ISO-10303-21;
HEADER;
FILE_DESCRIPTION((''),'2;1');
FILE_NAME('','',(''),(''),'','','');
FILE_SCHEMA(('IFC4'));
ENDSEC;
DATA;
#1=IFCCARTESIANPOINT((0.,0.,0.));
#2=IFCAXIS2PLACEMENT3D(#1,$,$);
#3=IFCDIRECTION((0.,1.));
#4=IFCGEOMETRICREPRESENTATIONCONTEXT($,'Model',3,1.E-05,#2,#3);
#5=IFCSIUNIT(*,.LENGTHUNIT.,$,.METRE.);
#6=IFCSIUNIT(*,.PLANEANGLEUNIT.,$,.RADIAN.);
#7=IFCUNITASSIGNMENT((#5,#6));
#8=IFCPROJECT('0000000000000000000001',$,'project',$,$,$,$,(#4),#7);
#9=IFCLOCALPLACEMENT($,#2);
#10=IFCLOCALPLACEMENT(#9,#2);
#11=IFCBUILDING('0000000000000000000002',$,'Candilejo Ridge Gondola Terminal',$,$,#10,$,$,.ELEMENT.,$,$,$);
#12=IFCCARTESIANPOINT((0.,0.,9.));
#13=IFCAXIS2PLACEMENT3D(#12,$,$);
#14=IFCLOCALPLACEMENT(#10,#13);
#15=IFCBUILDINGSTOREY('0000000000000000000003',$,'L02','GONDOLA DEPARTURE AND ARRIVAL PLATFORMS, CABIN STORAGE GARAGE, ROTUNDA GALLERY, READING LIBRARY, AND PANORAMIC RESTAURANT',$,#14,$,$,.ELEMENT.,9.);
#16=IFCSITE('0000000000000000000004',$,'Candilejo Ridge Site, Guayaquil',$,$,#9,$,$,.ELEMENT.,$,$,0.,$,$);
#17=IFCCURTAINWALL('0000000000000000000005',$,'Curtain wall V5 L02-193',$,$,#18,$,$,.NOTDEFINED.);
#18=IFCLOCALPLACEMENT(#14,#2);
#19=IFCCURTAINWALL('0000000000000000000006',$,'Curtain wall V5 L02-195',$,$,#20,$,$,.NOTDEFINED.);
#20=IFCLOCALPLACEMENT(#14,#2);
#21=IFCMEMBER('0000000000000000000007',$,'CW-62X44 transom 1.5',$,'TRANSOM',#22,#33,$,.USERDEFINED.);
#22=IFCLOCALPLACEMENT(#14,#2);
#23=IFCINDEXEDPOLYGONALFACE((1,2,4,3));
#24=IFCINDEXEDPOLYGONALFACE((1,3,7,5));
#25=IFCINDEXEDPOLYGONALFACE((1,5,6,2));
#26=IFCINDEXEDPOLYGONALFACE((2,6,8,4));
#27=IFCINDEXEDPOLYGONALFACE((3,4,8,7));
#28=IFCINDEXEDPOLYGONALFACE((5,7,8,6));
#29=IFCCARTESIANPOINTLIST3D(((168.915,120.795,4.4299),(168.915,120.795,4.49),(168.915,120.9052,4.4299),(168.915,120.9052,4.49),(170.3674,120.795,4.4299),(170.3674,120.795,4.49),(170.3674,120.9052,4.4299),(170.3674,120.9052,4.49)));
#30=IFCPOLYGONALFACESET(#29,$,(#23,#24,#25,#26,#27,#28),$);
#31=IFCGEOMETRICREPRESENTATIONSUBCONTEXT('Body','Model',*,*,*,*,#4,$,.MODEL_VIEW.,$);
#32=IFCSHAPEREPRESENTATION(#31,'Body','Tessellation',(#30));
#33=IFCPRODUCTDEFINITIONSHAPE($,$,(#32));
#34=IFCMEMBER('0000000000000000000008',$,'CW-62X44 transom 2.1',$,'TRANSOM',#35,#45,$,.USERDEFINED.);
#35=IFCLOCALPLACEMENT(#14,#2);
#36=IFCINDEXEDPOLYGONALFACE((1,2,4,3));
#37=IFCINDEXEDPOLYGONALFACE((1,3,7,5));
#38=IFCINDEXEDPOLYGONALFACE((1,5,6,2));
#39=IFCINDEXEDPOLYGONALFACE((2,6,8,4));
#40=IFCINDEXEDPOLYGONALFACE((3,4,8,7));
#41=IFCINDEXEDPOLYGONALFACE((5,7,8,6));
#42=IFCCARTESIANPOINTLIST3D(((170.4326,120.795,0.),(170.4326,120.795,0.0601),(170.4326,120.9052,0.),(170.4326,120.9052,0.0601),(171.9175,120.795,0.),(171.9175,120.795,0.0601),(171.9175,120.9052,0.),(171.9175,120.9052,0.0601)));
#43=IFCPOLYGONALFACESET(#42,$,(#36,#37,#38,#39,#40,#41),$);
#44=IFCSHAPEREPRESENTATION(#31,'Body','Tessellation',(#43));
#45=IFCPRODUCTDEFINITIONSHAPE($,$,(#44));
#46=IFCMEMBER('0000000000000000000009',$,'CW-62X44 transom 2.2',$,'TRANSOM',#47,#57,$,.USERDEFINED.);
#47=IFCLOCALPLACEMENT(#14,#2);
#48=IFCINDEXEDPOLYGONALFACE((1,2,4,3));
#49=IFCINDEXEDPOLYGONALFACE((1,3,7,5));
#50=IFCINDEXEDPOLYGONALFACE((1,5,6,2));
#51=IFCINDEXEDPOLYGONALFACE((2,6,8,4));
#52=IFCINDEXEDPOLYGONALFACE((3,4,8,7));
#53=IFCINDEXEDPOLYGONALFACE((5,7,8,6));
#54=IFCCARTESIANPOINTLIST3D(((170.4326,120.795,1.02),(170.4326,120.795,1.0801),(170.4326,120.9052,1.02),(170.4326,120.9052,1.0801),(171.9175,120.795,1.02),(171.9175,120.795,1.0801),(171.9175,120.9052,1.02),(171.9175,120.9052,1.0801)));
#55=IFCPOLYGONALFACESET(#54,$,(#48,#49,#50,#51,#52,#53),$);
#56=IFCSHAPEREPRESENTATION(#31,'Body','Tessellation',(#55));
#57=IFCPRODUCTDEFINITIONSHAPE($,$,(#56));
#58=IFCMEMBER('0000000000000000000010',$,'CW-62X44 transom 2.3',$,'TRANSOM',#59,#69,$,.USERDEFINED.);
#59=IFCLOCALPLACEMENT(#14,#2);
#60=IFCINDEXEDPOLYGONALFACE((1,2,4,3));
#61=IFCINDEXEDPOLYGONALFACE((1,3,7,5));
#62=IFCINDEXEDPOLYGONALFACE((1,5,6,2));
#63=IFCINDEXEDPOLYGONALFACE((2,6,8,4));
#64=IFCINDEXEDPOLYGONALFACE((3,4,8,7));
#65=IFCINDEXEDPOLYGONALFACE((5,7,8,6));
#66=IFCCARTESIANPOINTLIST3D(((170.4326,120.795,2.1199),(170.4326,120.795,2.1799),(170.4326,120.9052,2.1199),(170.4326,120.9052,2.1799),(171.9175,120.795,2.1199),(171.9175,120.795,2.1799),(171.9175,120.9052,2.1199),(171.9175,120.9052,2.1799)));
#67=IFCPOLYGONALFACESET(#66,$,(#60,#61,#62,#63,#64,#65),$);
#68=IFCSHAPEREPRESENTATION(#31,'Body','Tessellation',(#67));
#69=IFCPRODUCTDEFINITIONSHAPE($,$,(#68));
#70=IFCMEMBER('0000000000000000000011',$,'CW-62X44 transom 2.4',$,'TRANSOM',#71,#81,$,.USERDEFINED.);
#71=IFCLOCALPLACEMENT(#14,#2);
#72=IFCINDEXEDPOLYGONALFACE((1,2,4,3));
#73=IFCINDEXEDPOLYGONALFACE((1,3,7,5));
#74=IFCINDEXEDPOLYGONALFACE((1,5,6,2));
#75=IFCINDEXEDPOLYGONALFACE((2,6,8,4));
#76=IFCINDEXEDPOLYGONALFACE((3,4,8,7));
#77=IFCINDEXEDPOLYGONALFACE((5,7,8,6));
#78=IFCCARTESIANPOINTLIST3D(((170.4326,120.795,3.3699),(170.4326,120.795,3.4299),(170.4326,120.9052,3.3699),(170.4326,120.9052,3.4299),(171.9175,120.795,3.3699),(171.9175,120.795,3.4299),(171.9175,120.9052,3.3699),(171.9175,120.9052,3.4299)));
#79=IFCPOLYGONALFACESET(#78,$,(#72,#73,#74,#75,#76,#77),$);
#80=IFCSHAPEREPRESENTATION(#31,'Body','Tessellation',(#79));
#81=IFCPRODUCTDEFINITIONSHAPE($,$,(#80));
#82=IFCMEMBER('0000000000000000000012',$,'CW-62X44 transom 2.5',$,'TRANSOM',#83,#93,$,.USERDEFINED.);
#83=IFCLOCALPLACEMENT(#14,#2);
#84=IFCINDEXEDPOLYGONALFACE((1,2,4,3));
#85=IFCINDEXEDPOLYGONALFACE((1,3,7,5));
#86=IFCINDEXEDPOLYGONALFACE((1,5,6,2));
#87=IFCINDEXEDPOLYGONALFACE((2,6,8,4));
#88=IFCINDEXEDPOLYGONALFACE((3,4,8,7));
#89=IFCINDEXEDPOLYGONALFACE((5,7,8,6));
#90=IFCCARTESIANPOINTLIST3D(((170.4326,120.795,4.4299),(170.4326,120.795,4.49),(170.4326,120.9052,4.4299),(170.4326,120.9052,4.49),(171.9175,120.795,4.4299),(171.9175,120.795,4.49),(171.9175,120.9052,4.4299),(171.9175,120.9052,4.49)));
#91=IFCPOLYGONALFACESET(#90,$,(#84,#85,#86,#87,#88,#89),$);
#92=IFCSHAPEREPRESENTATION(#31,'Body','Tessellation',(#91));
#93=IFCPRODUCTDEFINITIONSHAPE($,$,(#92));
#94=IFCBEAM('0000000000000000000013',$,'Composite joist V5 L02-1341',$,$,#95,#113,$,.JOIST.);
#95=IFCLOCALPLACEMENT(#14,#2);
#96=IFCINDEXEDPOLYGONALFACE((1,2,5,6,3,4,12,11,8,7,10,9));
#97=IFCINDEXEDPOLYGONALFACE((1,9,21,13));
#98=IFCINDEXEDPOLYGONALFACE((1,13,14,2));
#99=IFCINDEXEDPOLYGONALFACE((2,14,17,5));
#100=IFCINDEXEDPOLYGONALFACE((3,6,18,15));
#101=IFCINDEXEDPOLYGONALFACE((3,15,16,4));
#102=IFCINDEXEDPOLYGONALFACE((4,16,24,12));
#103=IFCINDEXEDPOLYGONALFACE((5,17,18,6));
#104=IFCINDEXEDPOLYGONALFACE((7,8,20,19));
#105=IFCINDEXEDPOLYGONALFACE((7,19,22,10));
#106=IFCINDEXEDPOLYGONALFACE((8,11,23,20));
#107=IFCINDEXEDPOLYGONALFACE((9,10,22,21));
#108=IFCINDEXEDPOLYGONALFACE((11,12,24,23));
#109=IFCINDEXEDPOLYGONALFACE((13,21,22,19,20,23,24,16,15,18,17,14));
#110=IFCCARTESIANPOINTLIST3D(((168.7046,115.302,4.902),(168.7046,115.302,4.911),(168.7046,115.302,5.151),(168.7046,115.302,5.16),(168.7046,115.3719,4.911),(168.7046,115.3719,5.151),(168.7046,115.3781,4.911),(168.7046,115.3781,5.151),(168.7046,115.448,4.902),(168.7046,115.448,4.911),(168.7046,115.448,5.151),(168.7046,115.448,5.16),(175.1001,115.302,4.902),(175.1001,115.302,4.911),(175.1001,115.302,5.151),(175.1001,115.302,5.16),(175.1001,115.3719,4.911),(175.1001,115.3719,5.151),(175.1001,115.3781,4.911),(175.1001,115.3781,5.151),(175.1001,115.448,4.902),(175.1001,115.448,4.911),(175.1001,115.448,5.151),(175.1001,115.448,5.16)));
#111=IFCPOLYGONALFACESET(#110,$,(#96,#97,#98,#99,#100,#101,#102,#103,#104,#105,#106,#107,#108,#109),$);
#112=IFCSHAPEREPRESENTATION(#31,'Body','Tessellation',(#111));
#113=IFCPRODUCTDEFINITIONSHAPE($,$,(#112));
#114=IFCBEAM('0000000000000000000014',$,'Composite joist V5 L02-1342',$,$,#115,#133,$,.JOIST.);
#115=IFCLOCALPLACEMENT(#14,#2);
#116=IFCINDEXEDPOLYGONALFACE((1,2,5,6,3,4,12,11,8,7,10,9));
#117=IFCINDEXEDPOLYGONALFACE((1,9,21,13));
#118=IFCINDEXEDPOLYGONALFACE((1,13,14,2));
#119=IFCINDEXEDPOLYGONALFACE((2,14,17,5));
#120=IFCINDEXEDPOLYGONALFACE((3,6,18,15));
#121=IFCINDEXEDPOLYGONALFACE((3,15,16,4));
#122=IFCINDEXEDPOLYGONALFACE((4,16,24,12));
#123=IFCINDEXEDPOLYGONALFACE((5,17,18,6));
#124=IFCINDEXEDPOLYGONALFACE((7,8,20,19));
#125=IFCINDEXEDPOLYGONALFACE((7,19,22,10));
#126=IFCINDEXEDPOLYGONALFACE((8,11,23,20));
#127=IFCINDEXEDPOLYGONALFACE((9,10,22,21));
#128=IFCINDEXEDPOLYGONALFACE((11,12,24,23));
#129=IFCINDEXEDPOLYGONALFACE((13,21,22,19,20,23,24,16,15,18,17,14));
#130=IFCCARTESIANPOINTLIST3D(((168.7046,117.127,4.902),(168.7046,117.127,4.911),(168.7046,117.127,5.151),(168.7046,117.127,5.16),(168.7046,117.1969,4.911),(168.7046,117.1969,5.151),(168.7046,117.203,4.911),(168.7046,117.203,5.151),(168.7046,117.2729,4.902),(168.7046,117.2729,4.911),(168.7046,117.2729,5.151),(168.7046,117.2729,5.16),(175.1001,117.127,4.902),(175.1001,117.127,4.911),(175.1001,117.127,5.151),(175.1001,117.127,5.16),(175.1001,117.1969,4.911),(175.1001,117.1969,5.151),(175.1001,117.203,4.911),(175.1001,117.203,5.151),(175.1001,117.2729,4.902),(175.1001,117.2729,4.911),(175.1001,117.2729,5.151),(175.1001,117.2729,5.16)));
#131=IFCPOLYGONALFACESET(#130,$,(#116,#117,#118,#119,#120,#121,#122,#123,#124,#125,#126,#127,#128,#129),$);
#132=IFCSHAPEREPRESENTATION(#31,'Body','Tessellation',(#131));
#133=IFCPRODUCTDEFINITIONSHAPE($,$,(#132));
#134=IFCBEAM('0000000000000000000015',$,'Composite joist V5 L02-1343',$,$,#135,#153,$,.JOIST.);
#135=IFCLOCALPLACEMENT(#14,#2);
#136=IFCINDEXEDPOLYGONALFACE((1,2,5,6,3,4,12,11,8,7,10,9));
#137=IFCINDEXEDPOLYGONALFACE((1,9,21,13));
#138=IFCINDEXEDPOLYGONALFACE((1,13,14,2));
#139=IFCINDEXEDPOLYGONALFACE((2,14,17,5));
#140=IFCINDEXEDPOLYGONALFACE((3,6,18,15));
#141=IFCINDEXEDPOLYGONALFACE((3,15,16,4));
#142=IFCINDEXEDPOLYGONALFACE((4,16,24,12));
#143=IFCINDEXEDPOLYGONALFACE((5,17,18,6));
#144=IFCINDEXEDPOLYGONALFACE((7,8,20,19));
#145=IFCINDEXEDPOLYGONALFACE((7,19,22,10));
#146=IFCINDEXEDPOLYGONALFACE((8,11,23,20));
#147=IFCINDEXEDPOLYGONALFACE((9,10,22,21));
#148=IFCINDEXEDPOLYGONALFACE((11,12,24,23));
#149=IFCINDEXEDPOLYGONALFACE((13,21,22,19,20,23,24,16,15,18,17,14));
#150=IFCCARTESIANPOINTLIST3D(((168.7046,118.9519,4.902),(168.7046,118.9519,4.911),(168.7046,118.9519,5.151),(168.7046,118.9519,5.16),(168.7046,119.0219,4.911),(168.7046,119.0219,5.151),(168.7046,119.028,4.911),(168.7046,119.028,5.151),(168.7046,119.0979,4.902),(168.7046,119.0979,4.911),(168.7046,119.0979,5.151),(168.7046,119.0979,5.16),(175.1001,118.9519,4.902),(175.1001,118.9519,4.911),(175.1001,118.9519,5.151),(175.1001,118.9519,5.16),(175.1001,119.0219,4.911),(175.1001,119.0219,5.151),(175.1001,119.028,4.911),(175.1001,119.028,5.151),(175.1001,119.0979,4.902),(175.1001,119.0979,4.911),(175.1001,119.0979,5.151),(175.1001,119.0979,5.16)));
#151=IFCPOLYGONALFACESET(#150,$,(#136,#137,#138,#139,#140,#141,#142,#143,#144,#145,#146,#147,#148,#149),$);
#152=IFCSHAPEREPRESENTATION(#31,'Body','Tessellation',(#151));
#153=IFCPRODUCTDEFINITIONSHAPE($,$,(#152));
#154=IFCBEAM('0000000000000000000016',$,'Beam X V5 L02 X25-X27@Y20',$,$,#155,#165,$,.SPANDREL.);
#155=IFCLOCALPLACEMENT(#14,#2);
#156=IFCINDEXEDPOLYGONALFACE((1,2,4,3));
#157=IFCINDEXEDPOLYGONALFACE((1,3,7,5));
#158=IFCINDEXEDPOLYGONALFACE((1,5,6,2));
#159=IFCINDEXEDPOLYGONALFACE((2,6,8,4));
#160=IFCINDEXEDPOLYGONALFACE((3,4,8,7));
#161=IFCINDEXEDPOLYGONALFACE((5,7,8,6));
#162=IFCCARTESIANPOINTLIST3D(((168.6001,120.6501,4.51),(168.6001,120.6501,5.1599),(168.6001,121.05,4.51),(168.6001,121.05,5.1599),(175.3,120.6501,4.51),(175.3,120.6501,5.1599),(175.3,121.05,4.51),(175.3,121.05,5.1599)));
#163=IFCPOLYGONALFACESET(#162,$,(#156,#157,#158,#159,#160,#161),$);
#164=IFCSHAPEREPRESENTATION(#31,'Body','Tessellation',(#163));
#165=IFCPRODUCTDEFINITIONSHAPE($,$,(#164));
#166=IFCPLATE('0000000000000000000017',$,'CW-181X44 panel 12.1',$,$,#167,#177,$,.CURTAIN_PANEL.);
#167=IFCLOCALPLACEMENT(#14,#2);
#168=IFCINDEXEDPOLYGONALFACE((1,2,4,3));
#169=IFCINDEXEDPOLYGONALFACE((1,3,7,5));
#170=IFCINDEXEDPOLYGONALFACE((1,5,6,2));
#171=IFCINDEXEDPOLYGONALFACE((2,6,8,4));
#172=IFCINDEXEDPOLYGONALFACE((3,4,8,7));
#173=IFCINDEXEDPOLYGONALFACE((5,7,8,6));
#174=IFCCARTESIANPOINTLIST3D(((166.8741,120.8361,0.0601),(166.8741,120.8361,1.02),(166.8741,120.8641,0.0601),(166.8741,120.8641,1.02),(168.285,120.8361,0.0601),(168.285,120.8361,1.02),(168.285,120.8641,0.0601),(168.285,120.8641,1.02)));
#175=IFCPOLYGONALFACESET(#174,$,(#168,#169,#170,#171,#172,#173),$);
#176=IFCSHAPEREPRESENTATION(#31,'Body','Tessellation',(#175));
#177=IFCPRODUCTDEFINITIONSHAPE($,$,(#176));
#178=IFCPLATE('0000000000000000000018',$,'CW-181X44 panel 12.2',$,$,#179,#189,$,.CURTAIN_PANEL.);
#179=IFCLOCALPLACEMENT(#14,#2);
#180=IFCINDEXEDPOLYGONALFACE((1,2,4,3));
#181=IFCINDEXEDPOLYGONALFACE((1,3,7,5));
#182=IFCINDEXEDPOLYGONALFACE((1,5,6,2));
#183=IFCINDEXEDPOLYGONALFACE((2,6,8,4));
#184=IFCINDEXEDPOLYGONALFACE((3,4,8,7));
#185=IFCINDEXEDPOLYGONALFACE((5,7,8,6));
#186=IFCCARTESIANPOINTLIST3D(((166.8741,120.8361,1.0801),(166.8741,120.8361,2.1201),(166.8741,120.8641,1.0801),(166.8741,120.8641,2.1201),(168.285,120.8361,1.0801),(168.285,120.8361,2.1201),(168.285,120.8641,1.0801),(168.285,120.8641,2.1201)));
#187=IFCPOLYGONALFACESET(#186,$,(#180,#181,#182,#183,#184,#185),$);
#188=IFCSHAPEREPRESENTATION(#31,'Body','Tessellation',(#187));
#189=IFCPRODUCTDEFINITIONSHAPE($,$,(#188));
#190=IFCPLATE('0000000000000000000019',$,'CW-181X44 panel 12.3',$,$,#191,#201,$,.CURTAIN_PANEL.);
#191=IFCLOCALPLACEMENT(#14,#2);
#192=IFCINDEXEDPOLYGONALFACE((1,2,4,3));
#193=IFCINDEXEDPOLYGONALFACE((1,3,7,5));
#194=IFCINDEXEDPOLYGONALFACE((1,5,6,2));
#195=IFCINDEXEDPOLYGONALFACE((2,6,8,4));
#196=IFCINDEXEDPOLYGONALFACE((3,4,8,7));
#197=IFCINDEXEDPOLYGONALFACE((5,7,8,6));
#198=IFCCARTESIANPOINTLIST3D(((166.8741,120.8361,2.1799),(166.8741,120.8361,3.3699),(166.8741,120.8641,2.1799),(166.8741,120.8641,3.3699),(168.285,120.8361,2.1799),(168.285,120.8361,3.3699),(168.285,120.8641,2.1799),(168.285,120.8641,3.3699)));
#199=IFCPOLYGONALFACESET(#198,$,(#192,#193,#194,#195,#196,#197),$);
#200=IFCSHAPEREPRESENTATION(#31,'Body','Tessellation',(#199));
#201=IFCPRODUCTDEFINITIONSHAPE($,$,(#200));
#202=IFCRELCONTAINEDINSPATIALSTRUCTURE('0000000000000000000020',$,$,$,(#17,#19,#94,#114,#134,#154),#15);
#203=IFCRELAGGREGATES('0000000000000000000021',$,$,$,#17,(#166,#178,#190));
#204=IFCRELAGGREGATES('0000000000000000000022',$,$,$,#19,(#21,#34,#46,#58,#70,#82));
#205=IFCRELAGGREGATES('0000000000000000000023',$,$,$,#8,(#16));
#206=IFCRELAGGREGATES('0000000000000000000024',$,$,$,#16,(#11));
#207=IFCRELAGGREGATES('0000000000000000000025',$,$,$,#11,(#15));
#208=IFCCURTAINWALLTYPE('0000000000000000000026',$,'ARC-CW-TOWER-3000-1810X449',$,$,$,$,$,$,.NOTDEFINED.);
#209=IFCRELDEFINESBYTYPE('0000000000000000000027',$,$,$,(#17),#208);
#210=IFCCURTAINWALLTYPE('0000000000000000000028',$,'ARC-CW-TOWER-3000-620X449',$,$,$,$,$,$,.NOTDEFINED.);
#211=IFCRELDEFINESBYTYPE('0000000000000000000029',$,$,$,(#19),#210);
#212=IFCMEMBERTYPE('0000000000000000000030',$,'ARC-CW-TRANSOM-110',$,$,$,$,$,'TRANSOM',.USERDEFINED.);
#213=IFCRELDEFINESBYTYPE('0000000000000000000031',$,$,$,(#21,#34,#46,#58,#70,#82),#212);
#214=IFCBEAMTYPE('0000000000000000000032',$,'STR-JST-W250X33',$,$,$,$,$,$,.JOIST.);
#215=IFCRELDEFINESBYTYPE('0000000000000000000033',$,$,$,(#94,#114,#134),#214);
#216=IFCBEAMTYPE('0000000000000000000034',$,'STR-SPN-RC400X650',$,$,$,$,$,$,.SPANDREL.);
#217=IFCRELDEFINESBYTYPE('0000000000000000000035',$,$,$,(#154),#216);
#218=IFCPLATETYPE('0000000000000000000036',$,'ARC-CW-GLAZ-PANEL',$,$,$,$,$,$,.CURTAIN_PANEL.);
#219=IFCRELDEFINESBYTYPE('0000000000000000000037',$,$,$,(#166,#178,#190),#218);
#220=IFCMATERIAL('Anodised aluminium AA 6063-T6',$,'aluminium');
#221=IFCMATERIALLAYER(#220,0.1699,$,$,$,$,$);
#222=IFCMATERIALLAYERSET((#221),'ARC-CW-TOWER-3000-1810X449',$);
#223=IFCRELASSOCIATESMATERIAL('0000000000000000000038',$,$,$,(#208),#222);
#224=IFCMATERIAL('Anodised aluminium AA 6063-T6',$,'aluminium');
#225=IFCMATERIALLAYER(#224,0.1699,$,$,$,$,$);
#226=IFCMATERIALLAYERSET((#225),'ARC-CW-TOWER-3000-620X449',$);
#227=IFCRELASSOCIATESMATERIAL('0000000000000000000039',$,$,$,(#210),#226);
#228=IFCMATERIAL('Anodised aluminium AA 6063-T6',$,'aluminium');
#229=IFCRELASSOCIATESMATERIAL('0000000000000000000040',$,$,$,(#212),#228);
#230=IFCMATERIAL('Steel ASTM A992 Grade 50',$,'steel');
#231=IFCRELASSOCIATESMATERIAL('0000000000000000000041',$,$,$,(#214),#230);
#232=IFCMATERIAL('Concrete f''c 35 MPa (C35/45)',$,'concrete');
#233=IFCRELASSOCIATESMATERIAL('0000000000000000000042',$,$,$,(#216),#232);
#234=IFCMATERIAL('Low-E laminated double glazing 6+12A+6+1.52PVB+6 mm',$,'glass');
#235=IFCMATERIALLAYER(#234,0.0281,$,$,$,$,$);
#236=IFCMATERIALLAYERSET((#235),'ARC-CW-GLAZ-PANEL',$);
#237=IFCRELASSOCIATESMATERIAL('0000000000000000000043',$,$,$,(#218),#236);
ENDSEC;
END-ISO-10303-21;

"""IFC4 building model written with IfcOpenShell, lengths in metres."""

from ifc_helpers import new_model, si_unit, direction, frame, origin, origin_2d, place, context, subcontext, project, spatial, rectangle, i_section, extrude, material, layer, layer_set, material_profile, profile_set, type_object, element, aggregate, save


model = new_model("IFC4")

# Units and contexts
model_context = context("Model", 3, precision=1e-05, world=origin(), true_north=direction((0.0, 1.0)))
body_context = subcontext(model_context, "Body", "Model", "MODEL_VIEW")
ifc_project = project(units=[si_unit("LENGTHUNIT", "METRE"), si_unit("PLANEANGLEUNIT", "RADIAN")], contexts=[model_context])

# Site, building, storey
site_placement = place(None, origin())
site = spatial("IfcSite", under=ifc_project, at=site_placement, Name="Candilejo Ridge Site, Guayaquil", CompositionType="ELEMENT", RefElevation=0.0)
building_placement = place(site_placement, origin())
building = spatial("IfcBuilding", under=site, at=building_placement, Name="Candilejo Ridge Gondola Terminal", CompositionType="ELEMENT")
storey_placement = place(building_placement, frame((0.0, 0.0, 9.0)))
storey = spatial("IfcBuildingStorey", under=building, at=storey_placement, Name="L02", Description="GONDOLA DEPARTURE AND ARRIVAL PLATFORMS, CABIN STORAGE GARAGE, ROTUNDA GALLERY, READING LIBRARY, AND PANORAMIC RESTAURANT", CompositionType="ELEMENT", Elevation=9.0)

# Curtain wall
ifc_material_1 = material(Name="Anodised aluminium AA 6063-T6", Category="aluminium")
ifc_layer_1 = layer(ifc_material_1, 0.1699)
ifc_layer_set_1 = layer_set([ifc_layer_1], Name="ARC-CW-TOWER-3000-1810X449")
curtain_wall_type_1 = type_object("IfcCurtainWallType", Name="ARC-CW-TOWER-3000-1810X449", PredefinedType="NOTDEFINED", material=ifc_layer_set_1)
curtain_wall_1_placement = place(storey_placement, origin())
curtain_wall_1 = element("IfcCurtainWall", 1, at=curtain_wall_1_placement, inside=storey, type_object=curtain_wall_type_1, Name="Curtain wall V5 L02-193", PredefinedType="NOTDEFINED")

# Curtain wall
ifc_material_2 = material(Name="Anodised aluminium AA 6063-T6", Category="aluminium")
ifc_layer_2 = layer(ifc_material_2, 0.1699)
ifc_layer_set_2 = layer_set([ifc_layer_2], Name="ARC-CW-TOWER-3000-620X449")
curtain_wall_type_2 = type_object("IfcCurtainWallType", Name="ARC-CW-TOWER-3000-620X449", PredefinedType="NOTDEFINED", material=ifc_layer_set_2)
curtain_wall_2_placement = place(storey_placement, origin())
curtain_wall_2 = element("IfcCurtainWall", 2, at=curtain_wall_2_placement, inside=storey, type_object=curtain_wall_type_2, Name="Curtain wall V5 L02-195", PredefinedType="NOTDEFINED")

# Members
ifc_material_3 = material(Name="Anodised aluminium AA 6063-T6", Category="aluminium")
ifc_material_profile_1 = material_profile(ifc_material_3, rectangle(XDim=0.1101, YDim=0.0601, at=origin_2d()))
ifc_profile_set_1 = profile_set([ifc_material_profile_1], Name="Anodised aluminium AA 6063-T6")
member_type_1 = type_object("IfcMemberType", Name="ARC-CW-TRANSOM-110", ElementType="TRANSOM", PredefinedType="USERDEFINED", material=ifc_profile_set_1)
member_1_placement = place(storey_placement, frame((168.915, 120.8501, 4.46), z_axis=(1.0, 0.0, 0.0), x_axis=(0.0, 1.0, 0.0)))
member_1 = element("IfcMember", 3, at=member_1_placement, type_object=member_type_1, Name="CW-62X44 transom 1.5", ObjectType="TRANSOM", PredefinedType="USERDEFINED", context=body_context, shape_type="SweptSolid", body=[
    extrude(rectangle(XDim=0.1101, YDim=0.0601, at=origin_2d()), origin(), (0.0, 0.0, 1.0), 1.4524),
])
member_2_placement = place(storey_placement, frame((170.4326, 120.8501, 0.03), z_axis=(1.0, 0.0, 0.0), x_axis=(0.0, 1.0, 0.0)))
member_2 = element("IfcMember", 4, at=member_2_placement, type_object=member_type_1, Name="CW-62X44 transom 2.1", ObjectType="TRANSOM", PredefinedType="USERDEFINED", context=body_context, shape_type="SweptSolid", body=[
    extrude(rectangle(XDim=0.1101, YDim=0.0601, at=origin_2d()), origin(), (0.0, 0.0, 1.0), 1.4849),
])
member_3_placement = place(storey_placement, frame((170.4326, 120.8501, 1.05), z_axis=(1.0, 0.0, 0.0), x_axis=(0.0, 1.0, 0.0)))
member_3 = element("IfcMember", 5, at=member_3_placement, type_object=member_type_1, Name="CW-62X44 transom 2.2", ObjectType="TRANSOM", PredefinedType="USERDEFINED", context=body_context, shape_type="SweptSolid", body=[
    extrude(rectangle(XDim=0.1101, YDim=0.0601, at=origin_2d()), origin(), (0.0, 0.0, 1.0), 1.4849),
])
member_4_placement = place(storey_placement, frame((170.4326, 120.8501, 2.1499), z_axis=(1.0, 0.0, 0.0), x_axis=(0.0, 1.0, 0.0)))
member_4 = element("IfcMember", 6, at=member_4_placement, type_object=member_type_1, Name="CW-62X44 transom 2.3", ObjectType="TRANSOM", PredefinedType="USERDEFINED", context=body_context, shape_type="SweptSolid", body=[
    extrude(rectangle(XDim=0.1101, YDim=0.0601, at=origin_2d()), origin(), (0.0, 0.0, 1.0), 1.4849),
])
member_5_placement = place(storey_placement, frame((170.4326, 120.8501, 3.3999), z_axis=(1.0, 0.0, 0.0), x_axis=(0.0, 1.0, 0.0)))
member_5 = element("IfcMember", 7, at=member_5_placement, type_object=member_type_1, Name="CW-62X44 transom 2.4", ObjectType="TRANSOM", PredefinedType="USERDEFINED", context=body_context, shape_type="SweptSolid", body=[
    extrude(rectangle(XDim=0.1101, YDim=0.0601, at=origin_2d()), origin(), (0.0, 0.0, 1.0), 1.4849),
])
member_6_placement = place(storey_placement, frame((170.4326, 120.8501, 4.46), z_axis=(1.0, 0.0, 0.0), x_axis=(0.0, 1.0, 0.0)))
member_6 = element("IfcMember", 8, at=member_6_placement, type_object=member_type_1, Name="CW-62X44 transom 2.5", ObjectType="TRANSOM", PredefinedType="USERDEFINED", context=body_context, shape_type="SweptSolid", body=[
    extrude(rectangle(XDim=0.1101, YDim=0.0601, at=origin_2d()), origin(), (0.0, 0.0, 1.0), 1.4849),
])

# Beams
ifc_material_4 = material(Name="Steel ASTM A992 Grade 50", Category="steel")
ifc_material_profile_2 = material_profile(ifc_material_4, i_section(OverallWidth=0.146, OverallDepth=0.2581, WebThickness=0.0061, FlangeThickness=0.009, at=origin_2d()))
ifc_profile_set_2 = profile_set([ifc_material_profile_2], Name="Steel ASTM A992 Grade 50")
beam_type_1 = type_object("IfcBeamType", Name="STR-JST-W250X33", PredefinedType="JOIST", material=ifc_profile_set_2)
for number, where, z_axis, x_axis, name in (
    (9, (168.7046, 115.375, 5.031), (1.0, 0.0, 0.0), (0.0, 1.0, 0.0), "Composite joist V5 L02-1341"),
    (10, (168.7046, 117.2, 5.031), (1.0, 0.0, 0.0), (0.0, 1.0, 0.0), "Composite joist V5 L02-1342"),
    (11, (168.7046, 119.0249, 5.031), (1.0, 0.0, 0.0), (0.0, 1.0, 0.0), "Composite joist V5 L02-1343"),
):
    element("IfcBeam", number, at=place(storey_placement, frame(where, z_axis=z_axis, x_axis=x_axis)), inside=storey, type_object=beam_type_1, Name=name, PredefinedType="JOIST", context=body_context, shape_type="SweptSolid", body=[
        extrude(i_section(OverallWidth=0.146, OverallDepth=0.2581, WebThickness=0.0061, FlangeThickness=0.009, at=origin_2d()), origin(), (0.0, 0.0, 1.0), 6.3955),
    ])
ifc_material_5 = material(Name="Concrete f'c 35 MPa (C35/45)", Category="concrete")
ifc_material_profile_3 = material_profile(ifc_material_5, rectangle(XDim=0.3999, YDim=0.6499, at=origin_2d()))
ifc_profile_set_3 = profile_set([ifc_material_profile_3], Name="Concrete f'c 35 MPa (C35/45)")
beam_type_2 = type_object("IfcBeamType", Name="STR-SPN-RC400X650", PredefinedType="SPANDREL", material=ifc_profile_set_3)
beam_placement = place(storey_placement, frame((168.6001, 120.8501, 4.835), z_axis=(1.0, 0.0, 0.0), x_axis=(0.0, 1.0, 0.0)))
element("IfcBeam", 12, at=beam_placement, inside=storey, type_object=beam_type_2, Name="Beam X V5 L02 X25-X27@Y20", PredefinedType="SPANDREL", context=body_context, shape_type="SweptSolid", body=[
    extrude(rectangle(XDim=0.3999, YDim=0.6499, at=origin_2d()), origin(), (0.0, 0.0, 1.0), 6.7),
])

# Plates
ifc_material_6 = material(Name="Low-E laminated double glazing 6+12A+6+1.52PVB+6 mm", Category="glass")
ifc_layer_3 = layer(ifc_material_6, 0.0281)
ifc_layer_set_3 = layer_set([ifc_layer_3], Name="ARC-CW-GLAZ-PANEL")
plate_type = type_object("IfcPlateType", Name="ARC-CW-GLAZ-PANEL", PredefinedType="CURTAIN_PANEL", material=ifc_layer_set_3)
plate_1_placement = place(storey_placement, frame((167.5796, 120.8501, 0.0601), z_axis=(0.0, 0.0, 1.0), x_axis=(1.0, 0.0, 0.0)))
plate_1 = element("IfcPlate", 13, at=plate_1_placement, type_object=plate_type, Name="CW-181X44 panel 12.1", PredefinedType="CURTAIN_PANEL", context=body_context, shape_type="SweptSolid", body=[
    extrude(rectangle(XDim=1.4109, YDim=0.0281, at=origin_2d()), origin(), (0.0, 0.0, 1.0), 0.96),
])
plate_2_placement = place(storey_placement, frame((167.5796, 120.8501, 1.0801), z_axis=(0.0, 0.0, 1.0), x_axis=(1.0, 0.0, 0.0)))
plate_2 = element("IfcPlate", 14, at=plate_2_placement, type_object=plate_type, Name="CW-181X44 panel 12.2", PredefinedType="CURTAIN_PANEL", context=body_context, shape_type="SweptSolid", body=[
    extrude(rectangle(XDim=1.4109, YDim=0.0281, at=origin_2d()), origin(), (0.0, 0.0, 1.0), 1.04),
])
plate_3_placement = place(storey_placement, frame((167.5796, 120.8501, 2.1799), z_axis=(0.0, 0.0, 1.0), x_axis=(1.0, 0.0, 0.0)))
plate_3 = element("IfcPlate", 15, at=plate_3_placement, type_object=plate_type, Name="CW-181X44 panel 12.3", PredefinedType="CURTAIN_PANEL", context=body_context, shape_type="SweptSolid", body=[
    extrude(rectangle(XDim=1.4109, YDim=0.0281, at=origin_2d()), origin(), (0.0, 0.0, 1.0), 1.1899),
])
aggregate(curtain_wall_1, [plate_1, plate_2, plate_3])
aggregate(curtain_wall_2, [member_1, member_2, member_3, member_4, member_5, member_6])

save(model, "model.ifc")
